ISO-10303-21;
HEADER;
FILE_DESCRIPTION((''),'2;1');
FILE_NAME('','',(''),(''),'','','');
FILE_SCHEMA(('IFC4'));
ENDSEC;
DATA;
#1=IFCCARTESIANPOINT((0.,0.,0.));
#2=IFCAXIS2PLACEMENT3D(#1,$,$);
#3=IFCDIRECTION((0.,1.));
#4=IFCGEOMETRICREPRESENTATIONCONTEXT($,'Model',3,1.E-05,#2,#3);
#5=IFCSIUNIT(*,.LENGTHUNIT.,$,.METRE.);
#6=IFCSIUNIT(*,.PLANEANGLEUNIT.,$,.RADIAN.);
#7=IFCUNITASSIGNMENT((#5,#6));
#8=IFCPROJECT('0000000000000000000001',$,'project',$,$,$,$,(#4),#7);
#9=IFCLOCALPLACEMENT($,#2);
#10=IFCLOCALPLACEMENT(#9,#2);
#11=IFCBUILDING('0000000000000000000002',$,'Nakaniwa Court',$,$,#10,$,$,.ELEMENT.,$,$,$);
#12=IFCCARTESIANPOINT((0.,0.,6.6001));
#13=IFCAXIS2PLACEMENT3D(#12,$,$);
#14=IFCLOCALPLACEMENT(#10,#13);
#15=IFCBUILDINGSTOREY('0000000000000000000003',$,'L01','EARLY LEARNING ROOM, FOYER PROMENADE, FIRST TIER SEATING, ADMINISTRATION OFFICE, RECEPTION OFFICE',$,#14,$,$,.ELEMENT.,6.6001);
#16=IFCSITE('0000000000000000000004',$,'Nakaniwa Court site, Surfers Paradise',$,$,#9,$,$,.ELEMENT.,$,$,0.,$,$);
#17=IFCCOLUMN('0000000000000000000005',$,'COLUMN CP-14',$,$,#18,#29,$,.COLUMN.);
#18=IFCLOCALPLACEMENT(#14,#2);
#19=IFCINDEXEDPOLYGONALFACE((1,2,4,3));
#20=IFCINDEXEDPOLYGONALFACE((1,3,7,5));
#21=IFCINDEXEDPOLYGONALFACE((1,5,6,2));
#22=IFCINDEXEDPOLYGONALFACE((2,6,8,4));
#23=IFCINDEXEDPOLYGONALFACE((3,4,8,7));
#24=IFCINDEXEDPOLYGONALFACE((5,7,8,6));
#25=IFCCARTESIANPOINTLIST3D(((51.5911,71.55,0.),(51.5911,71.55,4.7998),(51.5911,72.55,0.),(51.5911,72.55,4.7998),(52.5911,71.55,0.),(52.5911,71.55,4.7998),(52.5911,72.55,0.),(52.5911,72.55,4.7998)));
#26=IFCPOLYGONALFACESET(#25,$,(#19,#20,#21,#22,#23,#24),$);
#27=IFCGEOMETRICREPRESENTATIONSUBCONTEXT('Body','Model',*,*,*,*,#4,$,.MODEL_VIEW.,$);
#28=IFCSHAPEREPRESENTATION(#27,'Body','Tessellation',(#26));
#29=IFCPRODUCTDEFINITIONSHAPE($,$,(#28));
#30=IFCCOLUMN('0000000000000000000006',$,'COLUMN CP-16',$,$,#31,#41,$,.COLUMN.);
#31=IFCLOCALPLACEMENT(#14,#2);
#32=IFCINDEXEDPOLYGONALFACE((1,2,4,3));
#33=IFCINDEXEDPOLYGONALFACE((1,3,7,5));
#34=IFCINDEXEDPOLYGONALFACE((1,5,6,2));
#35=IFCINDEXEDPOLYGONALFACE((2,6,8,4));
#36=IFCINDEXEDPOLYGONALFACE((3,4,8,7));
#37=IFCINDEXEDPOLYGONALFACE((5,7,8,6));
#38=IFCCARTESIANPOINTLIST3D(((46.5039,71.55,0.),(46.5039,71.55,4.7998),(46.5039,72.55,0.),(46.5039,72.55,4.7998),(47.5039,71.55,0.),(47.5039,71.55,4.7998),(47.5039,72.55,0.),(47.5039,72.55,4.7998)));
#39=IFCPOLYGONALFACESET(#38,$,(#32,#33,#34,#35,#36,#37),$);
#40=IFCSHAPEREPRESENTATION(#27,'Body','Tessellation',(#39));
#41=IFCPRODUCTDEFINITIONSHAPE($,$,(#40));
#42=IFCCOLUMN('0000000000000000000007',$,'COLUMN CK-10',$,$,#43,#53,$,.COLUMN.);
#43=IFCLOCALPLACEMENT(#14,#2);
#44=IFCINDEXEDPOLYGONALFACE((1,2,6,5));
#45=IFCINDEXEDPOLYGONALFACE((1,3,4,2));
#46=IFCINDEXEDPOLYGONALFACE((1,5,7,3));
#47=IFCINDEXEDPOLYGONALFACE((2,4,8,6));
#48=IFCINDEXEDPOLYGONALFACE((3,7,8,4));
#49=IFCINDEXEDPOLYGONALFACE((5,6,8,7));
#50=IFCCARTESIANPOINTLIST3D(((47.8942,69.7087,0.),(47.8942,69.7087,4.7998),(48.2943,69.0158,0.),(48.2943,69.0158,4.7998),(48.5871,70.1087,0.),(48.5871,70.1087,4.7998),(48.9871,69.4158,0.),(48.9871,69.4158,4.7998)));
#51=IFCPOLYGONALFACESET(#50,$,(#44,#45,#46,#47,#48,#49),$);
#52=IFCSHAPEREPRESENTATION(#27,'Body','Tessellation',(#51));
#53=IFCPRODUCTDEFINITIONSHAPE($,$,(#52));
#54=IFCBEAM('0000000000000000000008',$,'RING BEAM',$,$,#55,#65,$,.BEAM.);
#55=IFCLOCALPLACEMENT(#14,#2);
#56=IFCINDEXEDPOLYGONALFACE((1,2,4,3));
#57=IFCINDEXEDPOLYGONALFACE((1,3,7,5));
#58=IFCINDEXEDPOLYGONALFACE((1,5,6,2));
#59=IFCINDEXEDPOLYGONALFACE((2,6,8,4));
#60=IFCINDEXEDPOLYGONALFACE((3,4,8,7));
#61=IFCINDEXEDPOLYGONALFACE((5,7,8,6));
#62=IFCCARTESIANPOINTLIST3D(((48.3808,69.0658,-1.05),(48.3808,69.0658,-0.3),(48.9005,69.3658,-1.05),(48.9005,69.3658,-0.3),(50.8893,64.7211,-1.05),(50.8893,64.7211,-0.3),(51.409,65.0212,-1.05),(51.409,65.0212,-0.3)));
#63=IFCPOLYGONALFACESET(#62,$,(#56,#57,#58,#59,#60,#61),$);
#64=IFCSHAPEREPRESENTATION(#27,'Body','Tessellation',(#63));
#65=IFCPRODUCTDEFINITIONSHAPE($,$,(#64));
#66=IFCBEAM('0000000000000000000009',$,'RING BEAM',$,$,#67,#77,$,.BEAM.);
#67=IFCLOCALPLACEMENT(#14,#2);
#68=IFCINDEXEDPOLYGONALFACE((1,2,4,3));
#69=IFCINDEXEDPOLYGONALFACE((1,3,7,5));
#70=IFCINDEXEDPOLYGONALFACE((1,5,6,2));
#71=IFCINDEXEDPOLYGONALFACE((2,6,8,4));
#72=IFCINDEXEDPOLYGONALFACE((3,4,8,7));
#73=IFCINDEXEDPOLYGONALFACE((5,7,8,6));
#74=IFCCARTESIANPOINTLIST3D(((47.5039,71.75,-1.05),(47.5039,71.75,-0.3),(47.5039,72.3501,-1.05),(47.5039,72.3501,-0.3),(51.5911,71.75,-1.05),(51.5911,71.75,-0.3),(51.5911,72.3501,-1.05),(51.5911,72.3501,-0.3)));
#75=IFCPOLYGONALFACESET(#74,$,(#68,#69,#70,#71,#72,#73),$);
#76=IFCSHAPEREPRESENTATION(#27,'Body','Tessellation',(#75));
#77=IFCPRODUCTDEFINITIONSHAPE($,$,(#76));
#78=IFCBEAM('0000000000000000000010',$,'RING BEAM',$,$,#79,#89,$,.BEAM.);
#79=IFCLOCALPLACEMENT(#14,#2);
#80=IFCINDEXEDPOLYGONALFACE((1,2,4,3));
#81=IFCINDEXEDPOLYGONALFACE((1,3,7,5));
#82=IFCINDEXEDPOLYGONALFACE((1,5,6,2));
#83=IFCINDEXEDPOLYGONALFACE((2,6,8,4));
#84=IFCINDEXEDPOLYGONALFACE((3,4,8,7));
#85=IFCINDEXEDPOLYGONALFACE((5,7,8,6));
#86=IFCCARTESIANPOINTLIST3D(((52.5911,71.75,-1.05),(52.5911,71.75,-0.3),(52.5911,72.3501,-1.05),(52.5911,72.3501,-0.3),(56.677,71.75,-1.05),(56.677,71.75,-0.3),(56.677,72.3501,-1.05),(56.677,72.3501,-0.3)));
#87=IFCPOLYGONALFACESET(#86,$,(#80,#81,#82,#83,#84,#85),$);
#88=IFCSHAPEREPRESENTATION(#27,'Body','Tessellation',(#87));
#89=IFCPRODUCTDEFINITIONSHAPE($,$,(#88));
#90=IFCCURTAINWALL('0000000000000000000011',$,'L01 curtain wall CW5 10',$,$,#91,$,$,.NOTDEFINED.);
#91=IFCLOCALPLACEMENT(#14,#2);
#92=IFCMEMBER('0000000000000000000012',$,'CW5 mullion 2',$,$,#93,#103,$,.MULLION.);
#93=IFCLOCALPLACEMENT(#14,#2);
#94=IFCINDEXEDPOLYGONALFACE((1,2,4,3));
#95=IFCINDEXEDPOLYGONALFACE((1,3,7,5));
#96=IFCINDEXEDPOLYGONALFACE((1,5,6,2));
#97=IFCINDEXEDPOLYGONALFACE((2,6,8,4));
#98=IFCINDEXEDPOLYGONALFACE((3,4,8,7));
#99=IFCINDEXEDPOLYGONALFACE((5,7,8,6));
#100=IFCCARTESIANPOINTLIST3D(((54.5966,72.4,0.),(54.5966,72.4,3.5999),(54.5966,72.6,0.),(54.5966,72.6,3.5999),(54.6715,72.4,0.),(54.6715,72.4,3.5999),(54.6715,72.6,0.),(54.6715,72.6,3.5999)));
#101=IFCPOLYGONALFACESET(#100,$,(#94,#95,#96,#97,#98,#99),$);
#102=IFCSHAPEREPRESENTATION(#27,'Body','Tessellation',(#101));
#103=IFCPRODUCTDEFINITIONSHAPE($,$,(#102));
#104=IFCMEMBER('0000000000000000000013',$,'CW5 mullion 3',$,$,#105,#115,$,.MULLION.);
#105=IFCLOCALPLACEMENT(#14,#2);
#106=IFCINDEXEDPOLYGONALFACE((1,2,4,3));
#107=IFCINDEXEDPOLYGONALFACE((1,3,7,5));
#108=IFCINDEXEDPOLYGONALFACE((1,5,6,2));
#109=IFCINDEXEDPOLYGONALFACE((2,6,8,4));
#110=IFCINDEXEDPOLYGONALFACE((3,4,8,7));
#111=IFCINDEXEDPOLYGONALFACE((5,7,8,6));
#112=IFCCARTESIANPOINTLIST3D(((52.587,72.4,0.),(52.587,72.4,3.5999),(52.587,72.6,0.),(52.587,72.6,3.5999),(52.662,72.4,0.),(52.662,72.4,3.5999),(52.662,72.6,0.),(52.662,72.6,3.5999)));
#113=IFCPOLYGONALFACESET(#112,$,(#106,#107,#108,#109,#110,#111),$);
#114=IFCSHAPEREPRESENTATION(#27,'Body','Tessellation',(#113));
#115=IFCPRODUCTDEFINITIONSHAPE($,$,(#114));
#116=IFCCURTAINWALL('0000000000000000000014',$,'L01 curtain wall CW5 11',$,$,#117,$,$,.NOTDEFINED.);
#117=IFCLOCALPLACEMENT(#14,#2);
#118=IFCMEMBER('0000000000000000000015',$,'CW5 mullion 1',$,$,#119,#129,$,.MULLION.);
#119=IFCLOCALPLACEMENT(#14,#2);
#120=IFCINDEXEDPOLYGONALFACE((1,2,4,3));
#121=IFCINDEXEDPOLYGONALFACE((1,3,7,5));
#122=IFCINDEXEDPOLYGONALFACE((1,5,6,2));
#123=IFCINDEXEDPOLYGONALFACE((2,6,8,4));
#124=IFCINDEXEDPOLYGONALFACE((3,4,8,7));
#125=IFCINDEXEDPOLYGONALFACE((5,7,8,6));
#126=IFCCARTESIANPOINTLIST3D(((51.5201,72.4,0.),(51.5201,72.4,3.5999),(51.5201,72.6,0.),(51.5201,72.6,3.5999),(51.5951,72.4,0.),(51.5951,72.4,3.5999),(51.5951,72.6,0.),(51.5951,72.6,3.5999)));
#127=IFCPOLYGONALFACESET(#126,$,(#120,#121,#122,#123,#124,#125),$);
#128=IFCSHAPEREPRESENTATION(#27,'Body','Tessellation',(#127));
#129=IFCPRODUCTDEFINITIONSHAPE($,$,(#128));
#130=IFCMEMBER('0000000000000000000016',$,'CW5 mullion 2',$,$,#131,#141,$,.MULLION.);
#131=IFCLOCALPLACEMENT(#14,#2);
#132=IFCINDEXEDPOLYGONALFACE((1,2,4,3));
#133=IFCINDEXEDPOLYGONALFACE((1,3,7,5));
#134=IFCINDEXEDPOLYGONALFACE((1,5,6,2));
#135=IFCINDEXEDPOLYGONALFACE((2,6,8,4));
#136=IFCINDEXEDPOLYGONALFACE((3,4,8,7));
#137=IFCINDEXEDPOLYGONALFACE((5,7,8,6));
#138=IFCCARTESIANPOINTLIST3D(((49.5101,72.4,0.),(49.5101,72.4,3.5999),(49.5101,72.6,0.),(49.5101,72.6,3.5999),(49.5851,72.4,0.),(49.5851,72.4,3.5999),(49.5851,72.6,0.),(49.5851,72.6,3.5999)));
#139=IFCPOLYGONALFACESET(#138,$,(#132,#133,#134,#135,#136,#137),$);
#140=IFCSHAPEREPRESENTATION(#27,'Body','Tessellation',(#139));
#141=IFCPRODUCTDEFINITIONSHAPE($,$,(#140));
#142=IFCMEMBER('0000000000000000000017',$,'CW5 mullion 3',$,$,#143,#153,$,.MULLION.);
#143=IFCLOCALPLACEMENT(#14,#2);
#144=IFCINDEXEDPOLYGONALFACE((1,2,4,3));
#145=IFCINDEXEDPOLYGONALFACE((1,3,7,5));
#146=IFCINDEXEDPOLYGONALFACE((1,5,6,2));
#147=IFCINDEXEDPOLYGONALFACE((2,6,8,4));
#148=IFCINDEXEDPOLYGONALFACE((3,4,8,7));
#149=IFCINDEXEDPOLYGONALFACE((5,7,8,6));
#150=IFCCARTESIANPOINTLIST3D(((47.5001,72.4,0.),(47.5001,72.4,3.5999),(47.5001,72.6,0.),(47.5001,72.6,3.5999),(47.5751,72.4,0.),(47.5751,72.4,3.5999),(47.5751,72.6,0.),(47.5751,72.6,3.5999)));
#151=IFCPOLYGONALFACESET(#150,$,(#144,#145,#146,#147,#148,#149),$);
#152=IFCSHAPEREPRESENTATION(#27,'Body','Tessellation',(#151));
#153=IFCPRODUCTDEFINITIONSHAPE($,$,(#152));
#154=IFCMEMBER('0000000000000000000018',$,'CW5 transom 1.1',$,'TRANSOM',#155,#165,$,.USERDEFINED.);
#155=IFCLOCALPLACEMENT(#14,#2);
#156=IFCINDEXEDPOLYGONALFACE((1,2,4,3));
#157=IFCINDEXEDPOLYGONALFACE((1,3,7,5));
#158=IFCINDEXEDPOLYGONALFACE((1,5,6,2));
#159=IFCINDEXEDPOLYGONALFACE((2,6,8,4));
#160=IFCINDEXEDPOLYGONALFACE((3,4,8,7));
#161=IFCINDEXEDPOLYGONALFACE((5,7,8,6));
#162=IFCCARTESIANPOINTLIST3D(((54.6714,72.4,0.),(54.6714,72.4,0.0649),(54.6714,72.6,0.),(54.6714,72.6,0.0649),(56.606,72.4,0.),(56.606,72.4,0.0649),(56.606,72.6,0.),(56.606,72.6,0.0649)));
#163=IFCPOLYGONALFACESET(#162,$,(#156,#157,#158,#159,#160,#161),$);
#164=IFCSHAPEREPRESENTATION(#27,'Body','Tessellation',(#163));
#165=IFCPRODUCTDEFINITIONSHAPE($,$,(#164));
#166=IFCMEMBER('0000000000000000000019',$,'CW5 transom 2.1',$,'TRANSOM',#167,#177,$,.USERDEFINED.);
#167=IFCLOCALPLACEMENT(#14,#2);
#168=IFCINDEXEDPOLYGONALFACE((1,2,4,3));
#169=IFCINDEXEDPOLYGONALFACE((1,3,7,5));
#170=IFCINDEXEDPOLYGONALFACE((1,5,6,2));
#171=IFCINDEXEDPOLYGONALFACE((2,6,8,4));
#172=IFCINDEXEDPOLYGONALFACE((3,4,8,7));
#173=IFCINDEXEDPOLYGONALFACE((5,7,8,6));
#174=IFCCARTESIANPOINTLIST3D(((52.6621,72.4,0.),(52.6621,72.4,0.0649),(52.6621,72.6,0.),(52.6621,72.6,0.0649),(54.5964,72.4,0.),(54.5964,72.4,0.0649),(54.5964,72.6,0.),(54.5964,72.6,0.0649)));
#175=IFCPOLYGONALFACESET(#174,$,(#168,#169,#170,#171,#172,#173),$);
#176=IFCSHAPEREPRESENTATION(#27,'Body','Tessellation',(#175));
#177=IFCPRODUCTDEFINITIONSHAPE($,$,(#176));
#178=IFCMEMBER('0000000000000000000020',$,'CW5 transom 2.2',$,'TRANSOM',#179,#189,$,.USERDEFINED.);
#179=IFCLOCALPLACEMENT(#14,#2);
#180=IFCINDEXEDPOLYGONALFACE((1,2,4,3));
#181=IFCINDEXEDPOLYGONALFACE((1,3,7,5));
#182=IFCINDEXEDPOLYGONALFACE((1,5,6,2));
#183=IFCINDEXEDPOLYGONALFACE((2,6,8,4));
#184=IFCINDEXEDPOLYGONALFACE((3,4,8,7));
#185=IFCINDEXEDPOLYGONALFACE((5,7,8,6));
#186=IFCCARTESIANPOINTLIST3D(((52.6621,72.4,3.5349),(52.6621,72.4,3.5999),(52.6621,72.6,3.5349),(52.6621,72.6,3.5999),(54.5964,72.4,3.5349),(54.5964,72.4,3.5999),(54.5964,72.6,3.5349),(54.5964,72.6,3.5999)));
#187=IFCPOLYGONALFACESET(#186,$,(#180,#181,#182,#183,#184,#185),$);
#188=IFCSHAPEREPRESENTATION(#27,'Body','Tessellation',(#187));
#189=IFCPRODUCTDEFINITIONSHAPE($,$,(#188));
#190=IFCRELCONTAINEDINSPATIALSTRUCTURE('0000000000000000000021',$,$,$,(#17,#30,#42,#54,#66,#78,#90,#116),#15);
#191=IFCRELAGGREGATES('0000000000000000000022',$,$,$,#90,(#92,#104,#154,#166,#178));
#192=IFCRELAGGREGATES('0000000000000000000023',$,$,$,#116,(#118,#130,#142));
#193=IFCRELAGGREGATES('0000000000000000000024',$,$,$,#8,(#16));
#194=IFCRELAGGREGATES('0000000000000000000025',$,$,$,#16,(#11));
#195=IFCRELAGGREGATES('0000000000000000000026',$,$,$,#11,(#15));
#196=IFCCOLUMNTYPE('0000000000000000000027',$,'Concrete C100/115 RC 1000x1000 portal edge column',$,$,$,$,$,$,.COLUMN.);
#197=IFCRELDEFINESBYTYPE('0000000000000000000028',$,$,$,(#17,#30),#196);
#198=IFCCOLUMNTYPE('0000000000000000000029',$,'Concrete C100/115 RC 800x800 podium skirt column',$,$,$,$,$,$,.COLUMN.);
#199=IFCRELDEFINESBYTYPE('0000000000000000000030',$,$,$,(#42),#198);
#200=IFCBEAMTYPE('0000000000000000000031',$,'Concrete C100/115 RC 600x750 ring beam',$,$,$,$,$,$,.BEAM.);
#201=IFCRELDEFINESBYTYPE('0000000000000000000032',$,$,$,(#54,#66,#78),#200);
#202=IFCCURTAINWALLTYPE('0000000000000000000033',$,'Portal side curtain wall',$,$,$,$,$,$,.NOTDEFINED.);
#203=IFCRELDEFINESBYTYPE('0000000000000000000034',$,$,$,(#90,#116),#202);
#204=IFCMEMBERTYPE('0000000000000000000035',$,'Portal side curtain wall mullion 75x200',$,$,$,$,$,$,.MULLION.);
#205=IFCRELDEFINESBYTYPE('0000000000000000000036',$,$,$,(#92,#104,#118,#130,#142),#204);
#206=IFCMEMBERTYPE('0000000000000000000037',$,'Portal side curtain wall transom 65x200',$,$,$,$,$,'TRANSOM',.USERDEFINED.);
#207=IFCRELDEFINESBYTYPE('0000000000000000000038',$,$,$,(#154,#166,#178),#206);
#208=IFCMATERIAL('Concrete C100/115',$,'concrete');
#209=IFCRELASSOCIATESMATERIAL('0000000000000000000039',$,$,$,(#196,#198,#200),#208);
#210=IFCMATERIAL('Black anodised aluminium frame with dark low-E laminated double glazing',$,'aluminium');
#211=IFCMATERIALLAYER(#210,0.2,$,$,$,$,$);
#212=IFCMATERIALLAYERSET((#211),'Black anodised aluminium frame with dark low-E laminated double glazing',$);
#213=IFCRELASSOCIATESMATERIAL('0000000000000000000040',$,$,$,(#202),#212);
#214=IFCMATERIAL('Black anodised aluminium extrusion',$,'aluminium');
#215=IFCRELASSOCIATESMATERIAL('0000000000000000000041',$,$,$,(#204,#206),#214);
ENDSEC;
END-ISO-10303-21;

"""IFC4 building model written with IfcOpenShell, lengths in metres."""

from ifc_helpers import new_model, si_unit, direction, frame, origin, origin_2d, place, context, subcontext, project, spatial, rectangle, extrude, material, layer, layer_set, material_profile, profile_set, type_object, element, aggregate, save


model = new_model("IFC4")

# Units and contexts
model_context = context("Model", 3, precision=1e-05, world=origin(), true_north=direction((0.0, 1.0)))
body_context = subcontext(model_context, "Body", "Model", "MODEL_VIEW")
ifc_project = project(units=[si_unit("LENGTHUNIT", "METRE"), si_unit("PLANEANGLEUNIT", "RADIAN")], contexts=[model_context])

# Site, building, storey
site_placement = place(None, origin())
site = spatial("IfcSite", under=ifc_project, at=site_placement, Name="Nakaniwa Court site, Surfers Paradise", CompositionType="ELEMENT", RefElevation=0.0)
building_placement = place(site_placement, origin())
building = spatial("IfcBuilding", under=site, at=building_placement, Name="Nakaniwa Court", CompositionType="ELEMENT")
storey_placement = place(building_placement, frame((0.0, 0.0, 6.6001)))
storey = spatial("IfcBuildingStorey", under=building, at=storey_placement, Name="L01", Description="EARLY LEARNING ROOM, FOYER PROMENADE, FIRST TIER SEATING, ADMINISTRATION OFFICE, RECEPTION OFFICE", CompositionType="ELEMENT", Elevation=6.6001)

# Columns
ifc_material_1 = material(Name="Concrete C100/115", Category="concrete")
ifc_material_profile_1 = material_profile(ifc_material_1, rectangle(XDim=1.0, YDim=1.0, at=origin_2d()), Name="Concrete C100/115 RC 1000x1000 portal edge column")
ifc_profile_set_1 = profile_set([ifc_material_profile_1], Name="Concrete C100/115")
column_type_1 = type_object("IfcColumnType", Name="Concrete C100/115 RC 1000x1000 portal edge column", PredefinedType="COLUMN", material=ifc_profile_set_1)
for number, where, z_axis, x_axis, name in (
    (1, (52.0911, 72.05, 0.0), (0.0, 0.0, 1.0), (1.0, 0.0, 0.0), "COLUMN CP-14"),
    (2, (47.0039, 72.05, 0.0), (0.0, 0.0, 1.0), (1.0, 0.0, 0.0), "COLUMN CP-16"),
):
    element("IfcColumn", number, at=place(storey_placement, frame(where, z_axis=z_axis, x_axis=x_axis)), inside=storey, type_object=column_type_1, Name=name, PredefinedType="COLUMN", context=body_context, shape_type="SweptSolid", body=[
        extrude(rectangle(XDim=1.0, YDim=1.0, at=origin_2d()), origin(), (0.0, 0.0, 1.0), 4.7998),
    ])
ifc_material_profile_2 = material_profile(ifc_material_1, rectangle(XDim=0.8, YDim=0.8, at=origin_2d()), Name="Concrete C100/115 RC 800x800 podium skirt column")
ifc_profile_set_2 = profile_set([ifc_material_profile_2], Name="Concrete C100/115")
column_type_2 = type_object("IfcColumnType", Name="Concrete C100/115 RC 800x800 podium skirt column", PredefinedType="COLUMN", material=ifc_profile_set_2)
column_placement = place(storey_placement, frame((48.4407, 69.5623, 0.0), z_axis=(0.0, 0.0, 1.0), x_axis=(0.5, -0.866025, 0.0)))
element("IfcColumn", 3, at=column_placement, inside=storey, type_object=column_type_2, Name="COLUMN CK-10", PredefinedType="COLUMN", context=body_context, shape_type="SweptSolid", body=[
    extrude(rectangle(XDim=0.8, YDim=0.8, at=origin_2d()), origin(), (0.0, 0.0, 1.0), 4.7998),
])

# Beams
ifc_material_profile_3 = material_profile(ifc_material_1, rectangle(XDim=0.6001, YDim=0.75, at=origin_2d()), Name="Concrete C100/115 RC 600x750 ring beam")
ifc_profile_set_3 = profile_set([ifc_material_profile_3], Name="Concrete C100/115")
beam_type = type_object("IfcBeamType", Name="Concrete C100/115 RC 600x750 ring beam", PredefinedType="BEAM", material=ifc_profile_set_3)
beam_1_placement = place(storey_placement, frame((48.6406, 69.2158, -0.675), z_axis=(0.500017, -0.866015, 0.0), x_axis=(0.866015, 0.500017, 0.0)))
element("IfcBeam", 4, at=beam_1_placement, inside=storey, type_object=beam_type, Name="RING BEAM", PredefinedType="BEAM", context=body_context, shape_type="SweptSolid", body=[
    extrude(rectangle(XDim=0.6001, YDim=0.75, at=origin_2d()), origin(), (0.0, 0.0, 1.0), 5.0168),
])
beam_2_placement = place(storey_placement, frame((47.5039, 72.05, -0.675), z_axis=(1.0, 0.0, 0.0), x_axis=(0.0, 1.0, 0.0)))
element("IfcBeam", 5, at=beam_2_placement, inside=storey, type_object=beam_type, Name="RING BEAM", PredefinedType="BEAM", context=body_context, shape_type="SweptSolid", body=[
    extrude(rectangle(XDim=0.6001, YDim=0.75, at=origin_2d()), origin(), (0.0, 0.0, 1.0), 4.0872),
])
beam_3_placement = place(storey_placement, frame((52.5911, 72.05, -0.675), z_axis=(1.0, 0.0, 0.0), x_axis=(0.0, 1.0, 0.0)))
element("IfcBeam", 6, at=beam_3_placement, inside=storey, type_object=beam_type, Name="RING BEAM", PredefinedType="BEAM", context=body_context, shape_type="SweptSolid", body=[
    extrude(rectangle(XDim=0.6001, YDim=0.75, at=origin_2d()), origin(), (0.0, 0.0, 1.0), 4.0859),
])

# Curtain walls, members
ifc_material_2 = material(Name="Black anodised aluminium frame with dark low-E laminated double glazing", Category="aluminium")
ifc_layer_1 = layer(ifc_material_2, 0.2)
ifc_layer_set_1 = layer_set([ifc_layer_1], Name="Black anodised aluminium frame with dark low-E laminated double glazing")
curtain_wall_type = type_object("IfcCurtainWallType", Name="Portal side curtain wall", PredefinedType="NOTDEFINED", material=ifc_layer_set_1)
curtain_wall_1_placement = place(storey_placement, origin())
curtain_wall_1 = element("IfcCurtainWall", 7, at=curtain_wall_1_placement, inside=storey, type_object=curtain_wall_type, Name="L01 curtain wall CW5 10", PredefinedType="NOTDEFINED")
ifc_material_3 = material(Name="Black anodised aluminium extrusion", Category="aluminium")
ifc_material_profile_4 = material_profile(ifc_material_3, rectangle(XDim=0.2, YDim=0.075, at=origin_2d()), Name="Portal side curtain wall mullion 75x200")
ifc_profile_set_4 = profile_set([ifc_material_profile_4], Name="Black anodised aluminium extrusion")
member_type_1 = type_object("IfcMemberType", Name="Portal side curtain wall mullion 75x200", PredefinedType="MULLION", material=ifc_profile_set_4)
member_1_placement = place(storey_placement, frame((54.634, 72.5, 0.0), z_axis=(0.0, 0.0, 1.0), x_axis=(0.0, -1.0, 0.0)))
member_1 = element("IfcMember", 8, at=member_1_placement, type_object=member_type_1, Name="CW5 mullion 2", PredefinedType="MULLION", context=body_context, shape_type="SweptSolid", body=[
    extrude(rectangle(XDim=0.2, YDim=0.075, at=origin_2d()), origin(), (0.0, 0.0, 1.0), 3.5999),
])
member_2_placement = place(storey_placement, frame((52.6245, 72.5, 0.0), z_axis=(0.0, 0.0, 1.0), x_axis=(0.0, -1.0, 0.0)))
member_2 = element("IfcMember", 9, at=member_2_placement, type_object=member_type_1, Name="CW5 mullion 3", PredefinedType="MULLION", context=body_context, shape_type="SweptSolid", body=[
    extrude(rectangle(XDim=0.2, YDim=0.075, at=origin_2d()), origin(), (0.0, 0.0, 1.0), 3.5999),
])
curtain_wall_2_placement = place(storey_placement, origin())
curtain_wall_2 = element("IfcCurtainWall", 10, at=curtain_wall_2_placement, inside=storey, type_object=curtain_wall_type, Name="L01 curtain wall CW5 11", PredefinedType="NOTDEFINED")
member_3_placement = place(storey_placement, frame((51.5576, 72.5, 0.0), z_axis=(0.0, 0.0, 1.0), x_axis=(0.0, -1.0, 0.0)))
member_3 = element("IfcMember", 11, at=member_3_placement, type_object=member_type_1, Name="CW5 mullion 1", PredefinedType="MULLION", context=body_context, shape_type="SweptSolid", body=[
    extrude(rectangle(XDim=0.2, YDim=0.075, at=origin_2d()), origin(), (0.0, 0.0, 1.0), 3.5999),
])
member_4_placement = place(storey_placement, frame((49.5476, 72.5, 0.0), z_axis=(0.0, 0.0, 1.0), x_axis=(0.0, -1.0, 0.0)))
member_4 = element("IfcMember", 12, at=member_4_placement, type_object=member_type_1, Name="CW5 mullion 2", PredefinedType="MULLION", context=body_context, shape_type="SweptSolid", body=[
    extrude(rectangle(XDim=0.2, YDim=0.075, at=origin_2d()), origin(), (0.0, 0.0, 1.0), 3.5999),
])
member_5_placement = place(storey_placement, frame((47.5376, 72.5, 0.0), z_axis=(0.0, 0.0, 1.0), x_axis=(0.0, -1.0, 0.0)))
member_5 = element("IfcMember", 13, at=member_5_placement, type_object=member_type_1, Name="CW5 mullion 3", PredefinedType="MULLION", context=body_context, shape_type="SweptSolid", body=[
    extrude(rectangle(XDim=0.2, YDim=0.075, at=origin_2d()), origin(), (0.0, 0.0, 1.0), 3.5999),
])

# Members
ifc_material_profile_5 = material_profile(ifc_material_3, rectangle(XDim=0.2, YDim=0.0649, at=origin_2d()), Name="Portal side curtain wall transom 65x200")
ifc_profile_set_5 = profile_set([ifc_material_profile_5], Name="Black anodised aluminium extrusion")
member_type_2 = type_object("IfcMemberType", Name="Portal side curtain wall transom 65x200", ElementType="TRANSOM", PredefinedType="USERDEFINED", material=ifc_profile_set_5)
member_6_placement = place(storey_placement, frame((56.606, 72.5, 0.0325), z_axis=(-1.0, 0.0, 0.0), x_axis=(0.0, -1.0, 0.0)))
member_6 = element("IfcMember", 14, at=member_6_placement, type_object=member_type_2, Name="CW5 transom 1.1", ObjectType="TRANSOM", PredefinedType="USERDEFINED", context=body_context, shape_type="SweptSolid", body=[
    extrude(rectangle(XDim=0.2, YDim=0.0649, at=origin_2d()), origin(), (0.0, 0.0, 1.0), 1.9346),
])
member_7_placement = place(storey_placement, frame((54.5964, 72.5, 0.0325), z_axis=(-1.0, 0.0, 0.0), x_axis=(0.0, -1.0, 0.0)))
member_7 = element("IfcMember", 15, at=member_7_placement, type_object=member_type_2, Name="CW5 transom 2.1", ObjectType="TRANSOM", PredefinedType="USERDEFINED", context=body_context, shape_type="SweptSolid", body=[
    extrude(rectangle(XDim=0.2, YDim=0.0649, at=origin_2d()), origin(), (0.0, 0.0, 1.0), 1.9343),
])
member_8_placement = place(storey_placement, frame((54.5964, 72.5, 3.5674), z_axis=(-1.0, 0.0, 0.0), x_axis=(0.0, -1.0, 0.0)))
member_8 = element("IfcMember", 16, at=member_8_placement, type_object=member_type_2, Name="CW5 transom 2.2", ObjectType="TRANSOM", PredefinedType="USERDEFINED", context=body_context, shape_type="SweptSolid", body=[
    extrude(rectangle(XDim=0.2, YDim=0.0649, at=origin_2d()), origin(), (0.0, 0.0, 1.0), 1.9343),
])

aggregate(curtain_wall_1, [member_1, member_2, member_6, member_7, member_8])
aggregate(curtain_wall_2, [member_3, member_4, member_5])

save(model, "model.ifc")
